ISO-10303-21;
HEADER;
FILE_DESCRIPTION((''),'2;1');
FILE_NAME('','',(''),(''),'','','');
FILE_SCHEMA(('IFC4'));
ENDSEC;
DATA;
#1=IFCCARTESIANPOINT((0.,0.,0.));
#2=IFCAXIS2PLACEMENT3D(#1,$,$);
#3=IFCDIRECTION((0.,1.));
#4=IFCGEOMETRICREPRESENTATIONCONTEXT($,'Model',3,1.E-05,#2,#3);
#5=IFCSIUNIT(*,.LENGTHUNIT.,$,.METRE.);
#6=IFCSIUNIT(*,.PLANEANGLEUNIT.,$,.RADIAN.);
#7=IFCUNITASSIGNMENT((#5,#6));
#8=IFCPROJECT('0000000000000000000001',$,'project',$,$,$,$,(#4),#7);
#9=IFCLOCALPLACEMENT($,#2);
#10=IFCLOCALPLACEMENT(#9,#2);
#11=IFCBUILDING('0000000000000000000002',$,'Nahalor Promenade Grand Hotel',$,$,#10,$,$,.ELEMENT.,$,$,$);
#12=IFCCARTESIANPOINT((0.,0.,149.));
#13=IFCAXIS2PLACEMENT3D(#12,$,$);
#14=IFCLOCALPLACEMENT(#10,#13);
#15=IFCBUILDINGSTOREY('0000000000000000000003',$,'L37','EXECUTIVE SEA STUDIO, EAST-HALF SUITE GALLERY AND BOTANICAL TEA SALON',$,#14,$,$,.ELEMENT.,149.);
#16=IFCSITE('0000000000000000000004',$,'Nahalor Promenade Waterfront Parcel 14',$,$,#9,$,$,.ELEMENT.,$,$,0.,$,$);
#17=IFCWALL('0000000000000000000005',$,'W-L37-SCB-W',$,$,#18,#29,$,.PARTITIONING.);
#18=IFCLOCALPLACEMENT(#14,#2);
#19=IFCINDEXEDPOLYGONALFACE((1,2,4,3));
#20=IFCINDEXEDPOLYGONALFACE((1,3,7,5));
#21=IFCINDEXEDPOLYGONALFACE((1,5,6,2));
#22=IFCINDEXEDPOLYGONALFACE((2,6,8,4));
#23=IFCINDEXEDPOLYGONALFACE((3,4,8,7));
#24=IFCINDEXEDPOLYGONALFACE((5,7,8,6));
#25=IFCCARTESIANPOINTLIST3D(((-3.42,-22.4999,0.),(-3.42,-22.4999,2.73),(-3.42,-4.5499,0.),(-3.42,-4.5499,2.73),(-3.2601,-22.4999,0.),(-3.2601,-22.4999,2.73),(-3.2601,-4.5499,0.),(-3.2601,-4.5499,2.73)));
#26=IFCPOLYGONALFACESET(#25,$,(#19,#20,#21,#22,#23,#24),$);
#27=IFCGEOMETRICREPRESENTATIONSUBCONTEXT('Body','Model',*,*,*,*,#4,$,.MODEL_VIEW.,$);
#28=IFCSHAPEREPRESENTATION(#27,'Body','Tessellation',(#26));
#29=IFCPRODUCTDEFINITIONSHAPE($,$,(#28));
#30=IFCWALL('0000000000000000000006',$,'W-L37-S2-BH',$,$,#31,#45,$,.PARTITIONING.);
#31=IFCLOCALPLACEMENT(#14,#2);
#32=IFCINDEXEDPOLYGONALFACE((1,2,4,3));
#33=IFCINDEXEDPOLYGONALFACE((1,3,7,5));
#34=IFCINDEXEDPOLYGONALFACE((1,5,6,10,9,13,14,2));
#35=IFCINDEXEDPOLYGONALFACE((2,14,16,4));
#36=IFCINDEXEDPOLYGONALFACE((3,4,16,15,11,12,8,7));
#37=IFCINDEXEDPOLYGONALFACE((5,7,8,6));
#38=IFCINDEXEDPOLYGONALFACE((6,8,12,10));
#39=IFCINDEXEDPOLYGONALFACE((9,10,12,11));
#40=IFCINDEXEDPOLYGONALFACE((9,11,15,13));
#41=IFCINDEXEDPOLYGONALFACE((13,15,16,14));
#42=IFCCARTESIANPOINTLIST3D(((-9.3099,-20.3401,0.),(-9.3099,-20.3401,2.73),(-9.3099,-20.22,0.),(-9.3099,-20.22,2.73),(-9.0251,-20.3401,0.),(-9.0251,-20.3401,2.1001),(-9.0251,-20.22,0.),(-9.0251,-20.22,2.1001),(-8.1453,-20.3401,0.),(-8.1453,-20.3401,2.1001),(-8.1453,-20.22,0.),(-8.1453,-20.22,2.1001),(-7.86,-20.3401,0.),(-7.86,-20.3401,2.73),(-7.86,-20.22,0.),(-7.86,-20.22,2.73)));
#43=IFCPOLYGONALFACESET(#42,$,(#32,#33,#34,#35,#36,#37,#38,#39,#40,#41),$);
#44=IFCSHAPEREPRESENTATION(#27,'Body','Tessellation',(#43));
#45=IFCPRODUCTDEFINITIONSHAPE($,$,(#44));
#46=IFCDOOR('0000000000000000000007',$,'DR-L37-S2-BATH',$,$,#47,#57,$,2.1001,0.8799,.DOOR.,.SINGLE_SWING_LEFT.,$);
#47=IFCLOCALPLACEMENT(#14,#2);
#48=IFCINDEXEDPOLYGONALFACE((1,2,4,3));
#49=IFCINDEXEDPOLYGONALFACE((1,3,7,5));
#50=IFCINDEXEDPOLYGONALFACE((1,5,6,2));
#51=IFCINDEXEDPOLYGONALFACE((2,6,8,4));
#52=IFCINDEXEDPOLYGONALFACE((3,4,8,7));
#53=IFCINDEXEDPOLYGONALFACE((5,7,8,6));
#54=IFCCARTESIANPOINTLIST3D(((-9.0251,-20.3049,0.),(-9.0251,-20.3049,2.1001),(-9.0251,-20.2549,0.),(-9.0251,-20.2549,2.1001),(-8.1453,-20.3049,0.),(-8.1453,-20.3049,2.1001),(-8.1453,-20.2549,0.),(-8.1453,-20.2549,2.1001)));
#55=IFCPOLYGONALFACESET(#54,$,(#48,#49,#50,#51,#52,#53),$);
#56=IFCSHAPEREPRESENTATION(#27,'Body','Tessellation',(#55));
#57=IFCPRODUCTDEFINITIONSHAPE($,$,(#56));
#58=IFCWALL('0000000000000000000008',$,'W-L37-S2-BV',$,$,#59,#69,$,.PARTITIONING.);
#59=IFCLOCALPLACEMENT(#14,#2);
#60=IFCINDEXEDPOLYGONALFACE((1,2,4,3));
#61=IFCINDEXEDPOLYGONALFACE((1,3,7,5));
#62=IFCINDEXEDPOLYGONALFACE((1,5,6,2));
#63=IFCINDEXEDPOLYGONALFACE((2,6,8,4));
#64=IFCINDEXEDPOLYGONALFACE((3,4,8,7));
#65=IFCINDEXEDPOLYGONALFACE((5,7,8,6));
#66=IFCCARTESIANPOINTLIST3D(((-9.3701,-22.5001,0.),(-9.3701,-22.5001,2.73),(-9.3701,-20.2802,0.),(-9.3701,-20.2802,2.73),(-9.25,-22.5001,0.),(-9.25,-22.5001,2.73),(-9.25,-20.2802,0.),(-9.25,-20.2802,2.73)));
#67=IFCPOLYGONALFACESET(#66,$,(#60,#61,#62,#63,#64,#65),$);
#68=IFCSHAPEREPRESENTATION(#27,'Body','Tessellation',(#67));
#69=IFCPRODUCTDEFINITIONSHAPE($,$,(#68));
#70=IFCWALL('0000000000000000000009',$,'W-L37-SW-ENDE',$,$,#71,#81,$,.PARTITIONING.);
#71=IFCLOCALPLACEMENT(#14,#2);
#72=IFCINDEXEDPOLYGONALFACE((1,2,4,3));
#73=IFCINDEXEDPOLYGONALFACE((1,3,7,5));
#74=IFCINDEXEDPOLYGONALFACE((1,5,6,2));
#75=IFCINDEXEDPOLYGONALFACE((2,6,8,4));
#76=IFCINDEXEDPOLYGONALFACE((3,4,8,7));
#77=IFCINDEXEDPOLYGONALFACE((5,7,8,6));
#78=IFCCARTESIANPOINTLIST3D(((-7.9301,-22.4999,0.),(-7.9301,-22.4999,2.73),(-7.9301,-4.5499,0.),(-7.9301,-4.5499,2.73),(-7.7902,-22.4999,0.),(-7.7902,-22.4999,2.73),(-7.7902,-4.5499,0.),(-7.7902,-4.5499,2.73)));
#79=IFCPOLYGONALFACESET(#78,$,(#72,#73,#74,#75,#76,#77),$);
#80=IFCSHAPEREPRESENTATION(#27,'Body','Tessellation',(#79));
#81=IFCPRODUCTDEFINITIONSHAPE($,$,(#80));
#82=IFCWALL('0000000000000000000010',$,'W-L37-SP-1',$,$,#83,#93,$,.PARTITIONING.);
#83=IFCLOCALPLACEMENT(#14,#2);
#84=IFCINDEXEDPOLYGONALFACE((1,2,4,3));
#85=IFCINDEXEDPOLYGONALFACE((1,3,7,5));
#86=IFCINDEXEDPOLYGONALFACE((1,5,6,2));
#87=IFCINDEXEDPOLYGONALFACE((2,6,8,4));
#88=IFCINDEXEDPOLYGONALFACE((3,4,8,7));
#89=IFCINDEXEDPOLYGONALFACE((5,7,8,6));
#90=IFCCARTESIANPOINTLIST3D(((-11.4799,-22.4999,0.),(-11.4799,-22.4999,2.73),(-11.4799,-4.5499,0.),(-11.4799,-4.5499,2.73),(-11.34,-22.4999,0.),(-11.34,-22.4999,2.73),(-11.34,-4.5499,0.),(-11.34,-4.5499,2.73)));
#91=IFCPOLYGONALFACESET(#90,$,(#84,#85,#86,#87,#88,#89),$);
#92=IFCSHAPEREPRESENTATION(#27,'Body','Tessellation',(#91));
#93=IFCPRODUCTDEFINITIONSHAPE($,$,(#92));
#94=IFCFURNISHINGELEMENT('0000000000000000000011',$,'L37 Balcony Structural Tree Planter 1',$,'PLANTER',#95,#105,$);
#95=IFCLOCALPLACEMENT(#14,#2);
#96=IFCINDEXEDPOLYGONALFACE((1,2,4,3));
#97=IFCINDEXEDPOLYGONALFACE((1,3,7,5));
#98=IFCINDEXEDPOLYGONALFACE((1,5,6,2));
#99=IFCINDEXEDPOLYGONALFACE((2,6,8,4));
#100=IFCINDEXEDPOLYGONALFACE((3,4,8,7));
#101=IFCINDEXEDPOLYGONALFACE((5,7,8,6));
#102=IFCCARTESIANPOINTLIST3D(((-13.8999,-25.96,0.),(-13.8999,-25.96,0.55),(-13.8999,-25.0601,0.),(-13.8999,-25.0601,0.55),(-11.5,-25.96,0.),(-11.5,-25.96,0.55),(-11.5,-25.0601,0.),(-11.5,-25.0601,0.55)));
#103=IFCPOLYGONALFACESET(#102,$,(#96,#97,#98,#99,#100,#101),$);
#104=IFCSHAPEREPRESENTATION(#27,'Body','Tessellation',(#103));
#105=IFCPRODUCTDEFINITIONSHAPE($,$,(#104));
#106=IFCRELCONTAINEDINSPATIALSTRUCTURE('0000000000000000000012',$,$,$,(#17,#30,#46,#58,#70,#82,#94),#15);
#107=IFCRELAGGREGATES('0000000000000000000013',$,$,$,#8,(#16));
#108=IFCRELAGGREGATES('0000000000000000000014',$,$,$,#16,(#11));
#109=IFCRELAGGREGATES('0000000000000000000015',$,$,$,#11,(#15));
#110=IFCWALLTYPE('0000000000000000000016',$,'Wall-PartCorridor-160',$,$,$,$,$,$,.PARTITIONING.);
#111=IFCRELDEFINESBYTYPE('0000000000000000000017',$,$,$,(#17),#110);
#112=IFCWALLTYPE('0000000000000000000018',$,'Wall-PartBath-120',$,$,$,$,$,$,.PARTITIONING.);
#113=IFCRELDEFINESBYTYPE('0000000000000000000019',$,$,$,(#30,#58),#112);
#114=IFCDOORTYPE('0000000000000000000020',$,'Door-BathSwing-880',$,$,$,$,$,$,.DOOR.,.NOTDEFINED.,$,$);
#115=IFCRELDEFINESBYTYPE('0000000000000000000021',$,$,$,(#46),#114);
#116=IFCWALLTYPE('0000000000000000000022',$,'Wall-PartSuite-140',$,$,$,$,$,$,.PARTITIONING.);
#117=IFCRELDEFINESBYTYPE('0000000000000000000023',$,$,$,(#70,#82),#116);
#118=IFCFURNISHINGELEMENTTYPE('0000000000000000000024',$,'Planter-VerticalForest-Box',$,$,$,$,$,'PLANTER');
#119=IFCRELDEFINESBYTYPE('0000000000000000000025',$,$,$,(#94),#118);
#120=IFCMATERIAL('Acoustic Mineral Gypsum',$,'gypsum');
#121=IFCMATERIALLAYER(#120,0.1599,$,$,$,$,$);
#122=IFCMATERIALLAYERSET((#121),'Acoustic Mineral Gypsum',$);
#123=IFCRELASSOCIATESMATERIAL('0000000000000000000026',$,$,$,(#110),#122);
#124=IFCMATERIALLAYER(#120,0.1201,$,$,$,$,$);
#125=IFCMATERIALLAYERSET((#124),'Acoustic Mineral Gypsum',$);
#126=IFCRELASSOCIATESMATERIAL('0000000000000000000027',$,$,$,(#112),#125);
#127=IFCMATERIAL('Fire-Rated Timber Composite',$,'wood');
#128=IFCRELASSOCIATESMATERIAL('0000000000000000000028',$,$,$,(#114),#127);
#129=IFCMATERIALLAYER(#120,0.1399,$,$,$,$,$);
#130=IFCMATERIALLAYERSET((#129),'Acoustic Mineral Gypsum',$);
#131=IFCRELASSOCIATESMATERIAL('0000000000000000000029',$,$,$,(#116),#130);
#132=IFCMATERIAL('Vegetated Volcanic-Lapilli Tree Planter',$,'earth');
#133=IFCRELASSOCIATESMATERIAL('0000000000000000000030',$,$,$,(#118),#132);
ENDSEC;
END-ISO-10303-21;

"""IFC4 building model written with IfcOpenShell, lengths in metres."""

from ifc_helpers import new_model, si_unit, direction, frame, frame_2d, origin, origin_2d, place, context, subcontext, project, spatial, rectangle, extrude, source, transform, mapped, material, layer, layer_set, type_object, element, fill, save


model = new_model("IFC4")

# Units and contexts
model_context = context("Model", 3, precision=1e-05, world=origin(), true_north=direction((0.0, 1.0)))
body_context = subcontext(model_context, "Body", "Model", "MODEL_VIEW")
ifc_project = project(units=[si_unit("LENGTHUNIT", "METRE"), si_unit("PLANEANGLEUNIT", "RADIAN")], contexts=[model_context])

# Site, building, storey
site_placement = place(None, origin())
site = spatial("IfcSite", under=ifc_project, at=site_placement, Name="Nahalor Promenade Waterfront Parcel 14", CompositionType="ELEMENT", RefElevation=0.0)
building_placement = place(site_placement, origin())
building = spatial("IfcBuilding", under=site, at=building_placement, Name="Nahalor Promenade Grand Hotel", CompositionType="ELEMENT")
storey_placement = place(building_placement, frame((0.0, 0.0, 149.0)))
storey = spatial("IfcBuildingStorey", under=building, at=storey_placement, Name="L37", Description="EXECUTIVE SEA STUDIO, EAST-HALF SUITE GALLERY AND BOTANICAL TEA SALON", CompositionType="ELEMENT", Elevation=149.0)

# Wall
ifc_material_1 = material(Name="Acoustic Mineral Gypsum", Category="gypsum")
ifc_layer_1 = layer(ifc_material_1, 0.1599)
ifc_layer_set_1 = layer_set([ifc_layer_1], Name="Acoustic Mineral Gypsum")
wall_type_1 = type_object("IfcWallType", Name="Wall-PartCorridor-160", PredefinedType="PARTITIONING", material=ifc_layer_set_1)
shared_shape_1 = source(origin(), body_context, "Body", "SweptSolid", [
    extrude(rectangle(XDim=17.95, YDim=0.1599, at=frame_2d((8.9751, 0.0))), origin(), (0.0, 0.0, 1.0), 2.73),
])
wall_1_placement = place(storey_placement, frame((-3.3401, -22.5, 0.0), z_axis=(0.0, 0.0, 1.0), x_axis=(0.0, 1.0, 0.0)))
element("IfcWall", 1, at=wall_1_placement, inside=storey, type_object=wall_type_1, Name="W-L37-SCB-W", PredefinedType="PARTITIONING", context=body_context, shape_type="MappedRepresentation", body=[
    mapped(shared_shape_1, transform((0.0, 0.0, 0.0), scale=1.0)),
])

# Wall, opening, door
ifc_layer_2 = layer(ifc_material_1, 0.1201)
ifc_layer_set_2 = layer_set([ifc_layer_2], Name="Acoustic Mineral Gypsum")
wall_type_2 = type_object("IfcWallType", Name="Wall-PartBath-120", PredefinedType="PARTITIONING", material=ifc_layer_set_2)
shared_shape_2 = source(origin(), body_context, "Body", "SweptSolid", [
    extrude(rectangle(XDim=1.45, YDim=0.1201, at=frame_2d((0.7251, 0.0))), origin(), (0.0, 0.0, 1.0), 2.73),
])
wall_2_placement = place(storey_placement, frame((-9.3101, -20.28, 0.0), z_axis=(0.0, 0.0, 1.0), x_axis=(1.0, 0.0, 0.0)))
wall_2 = element("IfcWall", 2, at=wall_2_placement, inside=storey, type_object=wall_type_2, Name="W-L37-S2-BH", PredefinedType="PARTITIONING", context=body_context, shape_type="MappedRepresentation", body=[
    mapped(shared_shape_2, transform((0.0, 0.0, 0.0), scale=1.0)),
])
opening_placement = place(wall_2_placement, frame((0.2849, 0.0, 0.0)))
opening = element("IfcOpeningElement", 3, at=opening_placement, cuts=wall_2, PredefinedType="OPENING", context=body_context, shape_type="SweptSolid", body=[
    extrude(rectangle(XDim=0.8799, YDim=2.1001, at=frame_2d((0.4399, 1.05))), frame((0.0, 0.0701, 0.0), z_axis=(0.0, -1.0, 0.0), x_axis=(1.0, 0.0, 0.0)), (0.0, 0.0, 1.0), 0.1401),
])
ifc_material_2 = material(Name="Fire-Rated Timber Composite", Category="wood")
door_type = type_object("IfcDoorType", Name="Door-BathSwing-880", OperationType="NOTDEFINED", PredefinedType="DOOR", material=ifc_material_2)
shared_shape_3 = source(origin(), body_context, "Body", "SweptSolid", [
    extrude(rectangle(XDim=0.8799, YDim=2.1001, at=frame_2d((0.4399, 1.05))), frame((0.0, 0.0249, 0.0), z_axis=(0.0, -1.0, 0.0), x_axis=(1.0, 0.0, 0.0)), (0.0, 0.0, 1.0), 0.05),
])
door_placement = place(opening_placement, frame((0.8799, 0.0, 0.0), z_axis=(0.0, 0.0, 1.0), x_axis=(-1.0, 0.0, 0.0)))
door = element("IfcDoor", 4, at=door_placement, inside=storey, type_object=door_type, Name="DR-L37-S2-BATH", OperationType="SINGLE_SWING_LEFT", OverallHeight=2.1001, OverallWidth=0.8799, PredefinedType="DOOR", context=body_context, shape_type="MappedRepresentation", body=[
    mapped(shared_shape_3, transform((0.0, 0.0, 0.0), scale=1.0)),
])
fill(opening, door)

# Walls
shared_shape_4 = source(origin(), body_context, "Body", "SweptSolid", [
    extrude(rectangle(XDim=2.22, YDim=0.1201, at=frame_2d((1.1099, 0.0))), origin(), (0.0, 0.0, 1.0), 2.73),
])
wall_3_placement = place(storey_placement, frame((-9.3101, -22.5, 0.0), z_axis=(0.0, 0.0, 1.0), x_axis=(0.0, 1.0, 0.0)))
element("IfcWall", 5, at=wall_3_placement, inside=storey, type_object=wall_type_2, Name="W-L37-S2-BV", PredefinedType="PARTITIONING", context=body_context, shape_type="MappedRepresentation", body=[
    mapped(shared_shape_4, transform((0.0, 0.0, 0.0), scale=1.0)),
])
ifc_layer_3 = layer(ifc_material_1, 0.1399)
ifc_layer_set_3 = layer_set([ifc_layer_3], Name="Acoustic Mineral Gypsum")
wall_type_3 = type_object("IfcWallType", Name="Wall-PartSuite-140", PredefinedType="PARTITIONING", material=ifc_layer_set_3)
shared_shape_5 = source(origin(), body_context, "Body", "SweptSolid", [
    extrude(rectangle(XDim=17.95, YDim=0.1399, at=frame_2d((8.9751, 0.0))), origin(), (0.0, 0.0, 1.0), 2.73),
])
for number, where, z_axis, x_axis, name in (
    (6, (-7.8601, -22.5, 0.0), (0.0, 0.0, 1.0), (0.0, 1.0, 0.0), "W-L37-SW-ENDE"),
    (7, (-11.4099, -22.5, 0.0), (0.0, 0.0, 1.0), (0.0, 1.0, 0.0), "W-L37-SP-1"),
):
    element("IfcWall", number, at=place(storey_placement, frame(where, z_axis=z_axis, x_axis=x_axis)), inside=storey, type_object=wall_type_3, Name=name, PredefinedType="PARTITIONING", context=body_context, shape_type="MappedRepresentation", body=[
        mapped(shared_shape_5, transform((0.0, 0.0, 0.0), scale=1.0)),
    ])

# Furnishing element
ifc_material_3 = material(Name="Vegetated Volcanic-Lapilli Tree Planter", Category="earth")
furnishing_element_type = type_object("IfcFurnishingElementType", Name="Planter-VerticalForest-Box", ElementType="PLANTER", material=ifc_material_3)
shared_shape_6 = source(origin(), body_context, "Body", "SweptSolid", [
    extrude(rectangle(XDim=2.3999, YDim=0.8999, at=origin_2d()), origin(), (0.0, 0.0, 1.0), 0.55),
])
furnishing_placement = place(storey_placement, frame((-12.7, -25.51, 0.0), z_axis=(0.0, 0.0, 1.0), x_axis=(1.0, 0.0, 0.0)))
element("IfcFurnishingElement", 8, at=furnishing_placement, inside=storey, type_object=furnishing_element_type, Name="L37 Balcony Structural Tree Planter 1", ObjectType="PLANTER", context=body_context, shape_type="MappedRepresentation", body=[
    mapped(shared_shape_6, transform((0.0, 0.0, 0.0), scale=1.0)),
])

save(model, "model.ifc")
